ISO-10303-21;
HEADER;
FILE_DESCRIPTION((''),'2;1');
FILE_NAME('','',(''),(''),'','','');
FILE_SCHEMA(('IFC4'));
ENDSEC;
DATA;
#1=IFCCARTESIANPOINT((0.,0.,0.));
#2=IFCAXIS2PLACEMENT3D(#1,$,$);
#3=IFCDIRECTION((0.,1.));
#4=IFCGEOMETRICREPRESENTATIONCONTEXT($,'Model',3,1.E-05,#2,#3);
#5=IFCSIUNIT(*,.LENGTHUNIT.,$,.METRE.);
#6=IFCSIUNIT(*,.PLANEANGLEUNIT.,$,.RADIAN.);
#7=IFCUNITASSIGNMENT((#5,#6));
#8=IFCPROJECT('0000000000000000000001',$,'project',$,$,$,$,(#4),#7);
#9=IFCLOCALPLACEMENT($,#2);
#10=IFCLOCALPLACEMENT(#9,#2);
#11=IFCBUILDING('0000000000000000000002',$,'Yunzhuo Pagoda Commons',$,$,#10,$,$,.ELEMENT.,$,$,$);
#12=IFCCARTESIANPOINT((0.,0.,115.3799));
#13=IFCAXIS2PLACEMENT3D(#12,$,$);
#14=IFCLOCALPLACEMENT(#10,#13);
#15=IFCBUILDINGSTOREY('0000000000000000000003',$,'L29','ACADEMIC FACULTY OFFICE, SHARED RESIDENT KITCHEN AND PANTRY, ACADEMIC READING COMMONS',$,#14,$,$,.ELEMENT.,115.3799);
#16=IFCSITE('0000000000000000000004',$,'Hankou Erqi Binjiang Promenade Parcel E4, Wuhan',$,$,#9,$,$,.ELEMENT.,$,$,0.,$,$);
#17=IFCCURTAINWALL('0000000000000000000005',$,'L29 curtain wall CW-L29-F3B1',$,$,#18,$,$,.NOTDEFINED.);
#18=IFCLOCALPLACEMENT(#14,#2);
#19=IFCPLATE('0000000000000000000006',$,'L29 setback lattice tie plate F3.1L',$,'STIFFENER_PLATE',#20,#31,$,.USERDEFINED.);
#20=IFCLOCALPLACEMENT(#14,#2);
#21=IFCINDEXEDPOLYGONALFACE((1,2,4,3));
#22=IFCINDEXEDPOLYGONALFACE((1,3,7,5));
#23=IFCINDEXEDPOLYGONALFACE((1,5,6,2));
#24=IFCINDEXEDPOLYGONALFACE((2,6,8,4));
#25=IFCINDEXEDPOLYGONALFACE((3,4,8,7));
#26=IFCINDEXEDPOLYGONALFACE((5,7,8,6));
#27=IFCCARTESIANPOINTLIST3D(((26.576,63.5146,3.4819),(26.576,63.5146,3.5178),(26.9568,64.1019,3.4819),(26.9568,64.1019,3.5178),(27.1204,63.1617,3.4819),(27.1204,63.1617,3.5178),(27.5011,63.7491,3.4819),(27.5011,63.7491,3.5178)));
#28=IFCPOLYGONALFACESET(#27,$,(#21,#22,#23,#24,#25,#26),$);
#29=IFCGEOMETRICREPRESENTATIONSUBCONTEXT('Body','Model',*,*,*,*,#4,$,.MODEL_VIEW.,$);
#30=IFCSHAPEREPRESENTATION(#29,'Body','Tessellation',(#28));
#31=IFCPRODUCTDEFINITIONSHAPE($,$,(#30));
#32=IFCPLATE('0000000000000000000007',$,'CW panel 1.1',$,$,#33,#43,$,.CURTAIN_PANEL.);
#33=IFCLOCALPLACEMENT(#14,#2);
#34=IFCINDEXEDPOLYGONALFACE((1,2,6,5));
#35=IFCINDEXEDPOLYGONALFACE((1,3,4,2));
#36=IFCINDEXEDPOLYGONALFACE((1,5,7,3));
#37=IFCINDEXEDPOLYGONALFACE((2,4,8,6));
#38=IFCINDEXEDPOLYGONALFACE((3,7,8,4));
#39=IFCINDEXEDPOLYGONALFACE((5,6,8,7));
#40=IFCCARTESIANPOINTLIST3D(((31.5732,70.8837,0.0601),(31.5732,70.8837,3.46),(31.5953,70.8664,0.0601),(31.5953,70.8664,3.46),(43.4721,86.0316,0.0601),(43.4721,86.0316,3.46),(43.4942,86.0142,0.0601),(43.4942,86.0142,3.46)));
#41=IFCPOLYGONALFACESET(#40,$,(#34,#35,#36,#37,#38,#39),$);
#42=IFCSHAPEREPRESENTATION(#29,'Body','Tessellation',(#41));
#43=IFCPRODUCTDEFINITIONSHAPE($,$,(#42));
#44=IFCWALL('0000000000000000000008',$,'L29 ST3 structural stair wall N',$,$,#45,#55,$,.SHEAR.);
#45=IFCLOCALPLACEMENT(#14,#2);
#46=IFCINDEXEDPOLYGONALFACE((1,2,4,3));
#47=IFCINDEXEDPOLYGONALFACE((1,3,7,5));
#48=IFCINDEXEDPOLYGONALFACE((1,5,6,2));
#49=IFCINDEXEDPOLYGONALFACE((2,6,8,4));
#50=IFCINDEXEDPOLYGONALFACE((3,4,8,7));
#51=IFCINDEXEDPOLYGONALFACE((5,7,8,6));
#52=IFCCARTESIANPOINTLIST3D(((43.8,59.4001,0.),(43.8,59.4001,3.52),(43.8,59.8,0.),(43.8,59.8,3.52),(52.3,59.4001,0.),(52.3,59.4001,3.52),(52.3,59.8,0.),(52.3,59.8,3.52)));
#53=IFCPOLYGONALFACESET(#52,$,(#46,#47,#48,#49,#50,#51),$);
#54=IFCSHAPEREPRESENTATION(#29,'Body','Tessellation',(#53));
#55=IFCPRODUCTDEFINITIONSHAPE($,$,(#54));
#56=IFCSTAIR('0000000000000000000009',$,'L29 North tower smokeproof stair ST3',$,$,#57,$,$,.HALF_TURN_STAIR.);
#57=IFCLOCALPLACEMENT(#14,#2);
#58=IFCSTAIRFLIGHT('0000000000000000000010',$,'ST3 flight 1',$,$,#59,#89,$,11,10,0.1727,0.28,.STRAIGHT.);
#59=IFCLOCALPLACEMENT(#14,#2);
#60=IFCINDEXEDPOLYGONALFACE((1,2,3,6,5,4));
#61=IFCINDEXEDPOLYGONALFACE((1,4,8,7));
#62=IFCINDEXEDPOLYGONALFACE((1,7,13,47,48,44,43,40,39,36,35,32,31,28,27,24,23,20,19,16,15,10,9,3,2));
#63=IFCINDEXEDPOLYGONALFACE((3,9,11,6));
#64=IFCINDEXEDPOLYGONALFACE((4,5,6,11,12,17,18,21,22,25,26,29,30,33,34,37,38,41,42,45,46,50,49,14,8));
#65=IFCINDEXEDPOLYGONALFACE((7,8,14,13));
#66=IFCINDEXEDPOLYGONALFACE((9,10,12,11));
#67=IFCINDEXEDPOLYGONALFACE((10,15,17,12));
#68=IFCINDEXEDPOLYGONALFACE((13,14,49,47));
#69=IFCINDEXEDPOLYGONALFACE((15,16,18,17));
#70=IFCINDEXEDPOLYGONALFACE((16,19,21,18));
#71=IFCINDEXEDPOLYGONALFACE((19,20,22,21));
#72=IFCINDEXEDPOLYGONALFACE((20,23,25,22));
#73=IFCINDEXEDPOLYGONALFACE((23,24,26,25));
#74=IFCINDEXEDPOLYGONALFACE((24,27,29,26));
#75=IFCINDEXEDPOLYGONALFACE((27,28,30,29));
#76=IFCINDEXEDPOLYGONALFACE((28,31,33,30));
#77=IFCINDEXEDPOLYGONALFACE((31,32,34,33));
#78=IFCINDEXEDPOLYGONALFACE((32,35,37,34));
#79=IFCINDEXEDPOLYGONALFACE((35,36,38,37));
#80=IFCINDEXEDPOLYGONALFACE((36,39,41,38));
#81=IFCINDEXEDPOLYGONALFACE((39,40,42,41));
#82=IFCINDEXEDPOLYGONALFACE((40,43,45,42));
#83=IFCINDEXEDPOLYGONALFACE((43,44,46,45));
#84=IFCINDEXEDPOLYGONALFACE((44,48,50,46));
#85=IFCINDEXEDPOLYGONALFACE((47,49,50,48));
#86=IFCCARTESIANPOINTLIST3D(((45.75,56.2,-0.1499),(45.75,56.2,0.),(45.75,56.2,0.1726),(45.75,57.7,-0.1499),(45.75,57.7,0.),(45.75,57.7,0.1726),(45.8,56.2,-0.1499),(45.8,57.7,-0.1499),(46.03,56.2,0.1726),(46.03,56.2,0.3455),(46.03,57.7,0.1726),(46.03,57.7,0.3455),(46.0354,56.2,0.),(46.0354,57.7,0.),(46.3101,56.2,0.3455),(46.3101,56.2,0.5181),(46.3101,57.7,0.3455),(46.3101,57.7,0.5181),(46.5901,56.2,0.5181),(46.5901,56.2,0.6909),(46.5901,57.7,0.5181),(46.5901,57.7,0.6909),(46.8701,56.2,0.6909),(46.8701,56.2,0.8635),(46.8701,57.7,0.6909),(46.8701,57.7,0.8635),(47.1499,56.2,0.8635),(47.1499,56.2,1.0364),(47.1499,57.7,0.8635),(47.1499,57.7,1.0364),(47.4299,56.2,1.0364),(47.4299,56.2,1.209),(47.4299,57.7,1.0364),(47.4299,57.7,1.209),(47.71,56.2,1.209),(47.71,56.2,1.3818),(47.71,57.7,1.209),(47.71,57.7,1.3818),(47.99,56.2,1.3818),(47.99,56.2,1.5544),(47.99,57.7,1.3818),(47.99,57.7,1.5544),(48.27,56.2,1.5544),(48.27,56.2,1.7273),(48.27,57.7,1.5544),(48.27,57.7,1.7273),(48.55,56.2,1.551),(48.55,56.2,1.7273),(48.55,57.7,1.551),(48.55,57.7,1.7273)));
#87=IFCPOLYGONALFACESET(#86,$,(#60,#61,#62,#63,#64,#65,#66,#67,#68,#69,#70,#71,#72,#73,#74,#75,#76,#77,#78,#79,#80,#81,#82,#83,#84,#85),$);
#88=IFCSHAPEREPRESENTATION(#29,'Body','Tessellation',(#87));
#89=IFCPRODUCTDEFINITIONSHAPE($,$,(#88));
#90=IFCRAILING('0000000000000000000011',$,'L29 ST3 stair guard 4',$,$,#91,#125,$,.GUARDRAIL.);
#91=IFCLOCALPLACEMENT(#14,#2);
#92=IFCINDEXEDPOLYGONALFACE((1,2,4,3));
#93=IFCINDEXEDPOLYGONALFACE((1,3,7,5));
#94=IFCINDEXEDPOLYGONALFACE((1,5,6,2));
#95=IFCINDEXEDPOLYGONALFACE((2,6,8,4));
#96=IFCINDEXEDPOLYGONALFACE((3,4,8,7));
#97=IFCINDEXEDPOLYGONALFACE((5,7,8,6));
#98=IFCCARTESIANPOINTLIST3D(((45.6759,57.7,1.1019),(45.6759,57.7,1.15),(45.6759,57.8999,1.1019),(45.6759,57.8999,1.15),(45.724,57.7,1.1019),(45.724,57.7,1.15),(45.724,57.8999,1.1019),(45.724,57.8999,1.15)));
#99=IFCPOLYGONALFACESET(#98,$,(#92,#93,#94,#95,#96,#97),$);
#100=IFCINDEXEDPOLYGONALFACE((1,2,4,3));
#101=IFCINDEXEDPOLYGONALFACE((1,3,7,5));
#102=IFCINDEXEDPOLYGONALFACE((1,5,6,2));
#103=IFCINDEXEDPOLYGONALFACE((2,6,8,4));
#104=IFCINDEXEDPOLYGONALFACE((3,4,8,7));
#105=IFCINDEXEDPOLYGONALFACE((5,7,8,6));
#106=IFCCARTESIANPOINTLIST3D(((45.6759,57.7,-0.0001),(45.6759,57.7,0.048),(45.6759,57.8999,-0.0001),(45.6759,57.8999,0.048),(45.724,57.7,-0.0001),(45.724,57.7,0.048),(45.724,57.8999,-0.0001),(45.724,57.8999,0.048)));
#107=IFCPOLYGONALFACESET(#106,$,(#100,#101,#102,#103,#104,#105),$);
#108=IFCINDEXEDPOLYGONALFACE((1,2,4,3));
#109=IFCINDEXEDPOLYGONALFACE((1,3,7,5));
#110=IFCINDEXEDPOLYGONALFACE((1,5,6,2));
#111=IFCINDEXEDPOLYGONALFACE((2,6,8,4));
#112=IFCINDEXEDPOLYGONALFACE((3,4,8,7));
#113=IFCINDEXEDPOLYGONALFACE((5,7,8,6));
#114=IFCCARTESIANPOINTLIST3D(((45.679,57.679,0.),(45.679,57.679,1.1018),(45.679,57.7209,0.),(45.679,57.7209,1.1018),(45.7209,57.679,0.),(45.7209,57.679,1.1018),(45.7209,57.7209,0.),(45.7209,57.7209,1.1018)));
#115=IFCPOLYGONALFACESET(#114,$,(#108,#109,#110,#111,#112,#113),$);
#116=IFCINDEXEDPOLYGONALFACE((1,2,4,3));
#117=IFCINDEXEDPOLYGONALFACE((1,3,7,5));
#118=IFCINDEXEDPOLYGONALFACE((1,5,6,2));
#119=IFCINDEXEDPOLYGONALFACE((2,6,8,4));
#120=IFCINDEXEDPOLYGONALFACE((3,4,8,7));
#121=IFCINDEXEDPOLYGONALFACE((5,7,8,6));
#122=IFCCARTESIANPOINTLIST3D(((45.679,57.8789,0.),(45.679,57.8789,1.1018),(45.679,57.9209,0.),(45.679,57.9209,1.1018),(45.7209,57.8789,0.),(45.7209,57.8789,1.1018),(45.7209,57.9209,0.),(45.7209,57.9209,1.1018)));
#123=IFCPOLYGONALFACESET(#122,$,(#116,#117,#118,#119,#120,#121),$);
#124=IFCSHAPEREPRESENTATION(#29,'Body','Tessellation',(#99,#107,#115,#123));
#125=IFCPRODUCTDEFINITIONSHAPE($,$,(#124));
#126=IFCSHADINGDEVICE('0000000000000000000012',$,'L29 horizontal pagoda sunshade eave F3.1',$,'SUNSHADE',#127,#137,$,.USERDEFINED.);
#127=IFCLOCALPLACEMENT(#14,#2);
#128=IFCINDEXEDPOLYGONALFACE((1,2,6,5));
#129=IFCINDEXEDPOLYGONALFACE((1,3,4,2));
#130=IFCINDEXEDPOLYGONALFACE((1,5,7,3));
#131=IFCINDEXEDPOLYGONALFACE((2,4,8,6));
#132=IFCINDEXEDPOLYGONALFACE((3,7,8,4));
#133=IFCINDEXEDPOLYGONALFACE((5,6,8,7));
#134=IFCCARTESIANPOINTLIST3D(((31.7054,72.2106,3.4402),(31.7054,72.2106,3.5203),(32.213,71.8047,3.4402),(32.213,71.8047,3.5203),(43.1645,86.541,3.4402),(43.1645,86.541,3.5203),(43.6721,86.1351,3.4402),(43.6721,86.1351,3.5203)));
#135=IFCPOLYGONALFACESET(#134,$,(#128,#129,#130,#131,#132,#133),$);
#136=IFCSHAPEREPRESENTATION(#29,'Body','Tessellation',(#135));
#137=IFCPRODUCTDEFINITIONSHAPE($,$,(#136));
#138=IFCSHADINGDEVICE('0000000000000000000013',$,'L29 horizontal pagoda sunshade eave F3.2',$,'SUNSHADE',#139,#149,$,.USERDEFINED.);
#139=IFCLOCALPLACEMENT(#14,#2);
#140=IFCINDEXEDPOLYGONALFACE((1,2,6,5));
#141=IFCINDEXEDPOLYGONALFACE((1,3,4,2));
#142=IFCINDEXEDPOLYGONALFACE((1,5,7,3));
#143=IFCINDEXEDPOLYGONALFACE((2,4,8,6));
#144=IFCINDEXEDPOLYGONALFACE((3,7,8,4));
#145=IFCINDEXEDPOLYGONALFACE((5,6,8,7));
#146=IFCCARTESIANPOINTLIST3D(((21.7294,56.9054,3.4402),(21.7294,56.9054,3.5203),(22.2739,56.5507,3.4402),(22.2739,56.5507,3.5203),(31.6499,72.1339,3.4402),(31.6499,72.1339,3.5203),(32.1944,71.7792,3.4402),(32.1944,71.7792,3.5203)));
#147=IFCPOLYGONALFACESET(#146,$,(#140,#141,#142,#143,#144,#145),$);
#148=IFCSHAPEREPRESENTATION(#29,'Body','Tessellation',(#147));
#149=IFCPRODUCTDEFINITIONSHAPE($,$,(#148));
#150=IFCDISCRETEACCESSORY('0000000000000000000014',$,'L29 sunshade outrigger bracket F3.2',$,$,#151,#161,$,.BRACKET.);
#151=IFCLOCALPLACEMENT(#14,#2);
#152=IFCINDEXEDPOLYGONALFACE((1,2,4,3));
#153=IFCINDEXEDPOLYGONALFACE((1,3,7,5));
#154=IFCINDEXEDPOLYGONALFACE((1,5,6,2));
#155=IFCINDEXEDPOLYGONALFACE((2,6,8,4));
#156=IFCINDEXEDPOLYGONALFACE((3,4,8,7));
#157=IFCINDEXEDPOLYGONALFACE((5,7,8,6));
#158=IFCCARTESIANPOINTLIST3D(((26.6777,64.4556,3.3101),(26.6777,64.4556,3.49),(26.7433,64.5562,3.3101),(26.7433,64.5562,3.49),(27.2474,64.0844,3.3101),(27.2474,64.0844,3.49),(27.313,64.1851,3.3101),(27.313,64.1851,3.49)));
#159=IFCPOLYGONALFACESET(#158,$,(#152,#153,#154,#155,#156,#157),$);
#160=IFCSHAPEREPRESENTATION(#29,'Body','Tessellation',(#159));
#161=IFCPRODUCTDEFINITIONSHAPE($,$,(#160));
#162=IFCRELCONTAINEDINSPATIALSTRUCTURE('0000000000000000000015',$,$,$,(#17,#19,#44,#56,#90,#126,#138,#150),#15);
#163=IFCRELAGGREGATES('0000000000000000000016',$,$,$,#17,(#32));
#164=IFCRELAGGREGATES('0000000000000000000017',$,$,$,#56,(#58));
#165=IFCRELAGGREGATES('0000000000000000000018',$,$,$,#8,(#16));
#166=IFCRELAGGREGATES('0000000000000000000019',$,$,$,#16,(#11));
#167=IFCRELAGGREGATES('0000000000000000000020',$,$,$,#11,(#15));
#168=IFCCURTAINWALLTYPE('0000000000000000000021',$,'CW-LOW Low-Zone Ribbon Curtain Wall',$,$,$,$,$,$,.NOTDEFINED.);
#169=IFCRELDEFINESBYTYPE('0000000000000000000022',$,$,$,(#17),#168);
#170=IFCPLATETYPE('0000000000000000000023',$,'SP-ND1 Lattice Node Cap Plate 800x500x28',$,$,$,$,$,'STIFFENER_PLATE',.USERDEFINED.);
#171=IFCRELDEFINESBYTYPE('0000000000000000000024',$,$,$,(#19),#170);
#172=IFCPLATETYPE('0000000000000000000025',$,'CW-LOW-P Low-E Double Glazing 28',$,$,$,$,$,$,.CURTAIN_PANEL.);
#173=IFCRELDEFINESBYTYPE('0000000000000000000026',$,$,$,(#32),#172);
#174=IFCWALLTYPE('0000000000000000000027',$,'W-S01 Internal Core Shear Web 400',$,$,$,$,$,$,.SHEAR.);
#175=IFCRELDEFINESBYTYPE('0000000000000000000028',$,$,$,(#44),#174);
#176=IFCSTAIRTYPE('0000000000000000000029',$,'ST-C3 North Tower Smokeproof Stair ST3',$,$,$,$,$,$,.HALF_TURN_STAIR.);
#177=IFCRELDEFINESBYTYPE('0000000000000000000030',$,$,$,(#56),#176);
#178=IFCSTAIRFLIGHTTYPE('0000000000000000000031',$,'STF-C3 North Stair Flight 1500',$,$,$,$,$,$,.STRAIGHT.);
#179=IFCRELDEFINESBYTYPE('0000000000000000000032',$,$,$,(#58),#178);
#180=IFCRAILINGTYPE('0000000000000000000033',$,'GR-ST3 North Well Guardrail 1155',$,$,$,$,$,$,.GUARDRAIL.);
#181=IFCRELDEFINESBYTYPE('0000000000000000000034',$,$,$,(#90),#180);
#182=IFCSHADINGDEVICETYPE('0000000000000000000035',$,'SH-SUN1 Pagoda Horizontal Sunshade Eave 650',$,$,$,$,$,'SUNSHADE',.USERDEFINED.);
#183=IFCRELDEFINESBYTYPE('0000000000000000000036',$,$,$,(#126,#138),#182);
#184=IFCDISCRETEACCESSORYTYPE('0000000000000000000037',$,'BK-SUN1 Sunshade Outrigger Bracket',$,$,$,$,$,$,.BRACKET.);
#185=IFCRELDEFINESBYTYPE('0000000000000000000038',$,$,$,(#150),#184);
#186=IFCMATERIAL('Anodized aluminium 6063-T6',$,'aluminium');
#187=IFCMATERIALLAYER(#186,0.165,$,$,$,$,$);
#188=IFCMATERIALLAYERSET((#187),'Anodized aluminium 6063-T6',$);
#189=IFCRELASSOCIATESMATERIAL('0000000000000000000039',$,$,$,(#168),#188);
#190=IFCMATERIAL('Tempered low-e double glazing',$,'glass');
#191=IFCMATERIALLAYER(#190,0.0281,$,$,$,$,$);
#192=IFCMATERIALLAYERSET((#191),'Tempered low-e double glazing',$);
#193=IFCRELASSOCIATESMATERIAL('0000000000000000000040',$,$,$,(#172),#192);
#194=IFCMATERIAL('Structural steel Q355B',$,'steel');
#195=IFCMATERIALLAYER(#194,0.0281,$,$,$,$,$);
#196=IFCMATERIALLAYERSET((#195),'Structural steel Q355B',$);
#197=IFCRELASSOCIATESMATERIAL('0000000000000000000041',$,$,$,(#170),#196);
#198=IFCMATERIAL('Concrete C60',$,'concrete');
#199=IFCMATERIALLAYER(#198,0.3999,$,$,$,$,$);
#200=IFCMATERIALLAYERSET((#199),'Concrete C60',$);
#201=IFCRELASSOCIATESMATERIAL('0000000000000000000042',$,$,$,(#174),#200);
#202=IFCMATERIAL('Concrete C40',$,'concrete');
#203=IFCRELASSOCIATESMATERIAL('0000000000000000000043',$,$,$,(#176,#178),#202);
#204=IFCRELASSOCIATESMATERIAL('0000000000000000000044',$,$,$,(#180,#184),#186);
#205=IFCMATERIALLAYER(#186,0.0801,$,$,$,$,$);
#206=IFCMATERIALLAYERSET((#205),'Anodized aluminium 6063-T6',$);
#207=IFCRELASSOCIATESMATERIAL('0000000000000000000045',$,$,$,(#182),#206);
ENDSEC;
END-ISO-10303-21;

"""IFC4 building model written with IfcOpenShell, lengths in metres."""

from ifc_helpers import new_model, si_unit, direction, frame, frame_2d, origin, origin_2d, place, context, subcontext, project, spatial, polyline, rectangle, outline, extrude, source, transform, mapped, material, layer, layer_set, type_object, element, aggregate, save


model = new_model("IFC4")

# Units and contexts
model_context = context("Model", 3, precision=1e-05, world=origin(), true_north=direction((0.0, 1.0)))
body_context = subcontext(model_context, "Body", "Model", "MODEL_VIEW")
ifc_project = project(units=[si_unit("LENGTHUNIT", "METRE"), si_unit("PLANEANGLEUNIT", "RADIAN")], contexts=[model_context])

# Site, building, storey
site_placement = place(None, origin())
site = spatial("IfcSite", under=ifc_project, at=site_placement, Name="Hankou Erqi Binjiang Promenade Parcel E4, Wuhan", CompositionType="ELEMENT", RefElevation=0.0)
building_placement = place(site_placement, origin())
building = spatial("IfcBuilding", under=site, at=building_placement, Name="Yunzhuo Pagoda Commons", CompositionType="ELEMENT")
storey_placement = place(building_placement, frame((0.0, 0.0, 115.3799)))
storey = spatial("IfcBuildingStorey", under=building, at=storey_placement, Name="L29", Description="ACADEMIC FACULTY OFFICE, SHARED RESIDENT KITCHEN AND PANTRY, ACADEMIC READING COMMONS", CompositionType="ELEMENT", Elevation=115.3799)

# Shared definitions
ifc_material_1 = material(Name="Structural steel Q355B", Category="steel")

# Curtain wall
ifc_material_2 = material(Name="Anodized aluminium 6063-T6", Category="aluminium")
ifc_layer_1 = layer(ifc_material_2, 0.165)
ifc_layer_set_1 = layer_set([ifc_layer_1], Name="Anodized aluminium 6063-T6")
curtain_wall_type = type_object("IfcCurtainWallType", Name="CW-LOW Low-Zone Ribbon Curtain Wall", PredefinedType="NOTDEFINED", material=ifc_layer_set_1)
curtain_wall_1_placement = place(storey_placement, origin())
curtain_wall_1 = element("IfcCurtainWall", 1, at=curtain_wall_1_placement, inside=storey, type_object=curtain_wall_type, Name="L29 curtain wall CW-L29-F3B1", PredefinedType="NOTDEFINED")

# Plates
ifc_material_3 = material(Name="Tempered low-e double glazing", Category="glass")
ifc_layer_2 = layer(ifc_material_3, 0.0281)
ifc_layer_set_2 = layer_set([ifc_layer_2], Name="Tempered low-e double glazing")
plate_type_1 = type_object("IfcPlateType", Name="CW-LOW-P Low-E Double Glazing 28", PredefinedType="CURTAIN_PANEL", material=ifc_layer_set_2)
ifc_layer_3 = layer(ifc_material_1, 0.0281)
ifc_layer_set_3 = layer_set([ifc_layer_3], Name="Structural steel Q355B")
plate_type_2 = type_object("IfcPlateType", Name="SP-ND1 Lattice Node Cap Plate 800x500x28", ElementType="STIFFENER_PLATE", PredefinedType="USERDEFINED", material=ifc_layer_set_3)
shared_shape_1 = source(origin(), body_context, "Body", "SweptSolid", [
    extrude(rectangle(XDim=0.7, YDim=0.6487, at=origin_2d()), origin(), (0.0, 0.0, 1.0), 0.0359),
])
plate_1_placement = place(storey_placement, frame((27.0386, 63.6318, 3.4819), z_axis=(0.0, 0.0, 1.0), x_axis=(-0.543966, -0.839108, 0.0)))
element("IfcPlate", 2, at=plate_1_placement, inside=storey, type_object=plate_type_2, Name="L29 setback lattice tie plate F3.1L", ObjectType="STIFFENER_PLATE", PredefinedType="USERDEFINED", context=body_context, shape_type="MappedRepresentation", body=[
    mapped(shared_shape_1, transform((0.0, 0.0, 0.0), scale=1.0)),
])
shared_shape_2 = source(origin(), body_context, "Body", "SweptSolid", [
    extrude(rectangle(XDim=19.2625, YDim=0.0281, at=origin_2d()), origin(), (0.0, 0.0, 1.0), 3.3999),
])
plate_2_placement = place(storey_placement, frame((37.5337, 78.449, 0.0601), z_axis=(0.0, 0.0, 1.0), x_axis=(-0.617728, -0.786392, 0.0)))
plate_2 = element("IfcPlate", 3, at=plate_2_placement, type_object=plate_type_1, Name="CW panel 1.1", PredefinedType="CURTAIN_PANEL", context=body_context, shape_type="MappedRepresentation", body=[
    mapped(shared_shape_2, transform((0.0, 0.0, 0.0), scale=1.0)),
])
aggregate(curtain_wall_1, [plate_2])

# Wall
ifc_material_4 = material(Name="Concrete C60", Category="concrete")
ifc_layer_4 = layer(ifc_material_4, 0.3999)
ifc_layer_set_4 = layer_set([ifc_layer_4], Name="Concrete C60")
wall_type = type_object("IfcWallType", Name="W-S01 Internal Core Shear Web 400", PredefinedType="SHEAR", material=ifc_layer_set_4)
wall_placement = place(storey_placement, frame((43.8, 59.6001, 0.0), z_axis=(0.0, 0.0, 1.0), x_axis=(1.0, 0.0, 0.0)))
element("IfcWall", 4, at=wall_placement, inside=storey, type_object=wall_type, Name="L29 ST3 structural stair wall N", PredefinedType="SHEAR", context=body_context, shape_type="SweptSolid", body=[
    extrude(rectangle(XDim=8.5, YDim=0.3999, at=frame_2d((4.25, 0.0))), origin(), (0.0, 0.0, 1.0), 3.52),
])

# Stair, stair flight
ifc_material_5 = material(Name="Concrete C40", Category="concrete")
stair_type = type_object("IfcStairType", Name="ST-C3 North Tower Smokeproof Stair ST3", PredefinedType="HALF_TURN_STAIR", material=ifc_material_5)
stair_placement = place(storey_placement, origin())
stair = element("IfcStair", 5, at=stair_placement, inside=storey, type_object=stair_type, Name="L29 North tower smokeproof stair ST3", PredefinedType="HALF_TURN_STAIR")
stair_flight_type = type_object("IfcStairFlightType", Name="STF-C3 North Stair Flight 1500", PredefinedType="STRAIGHT", material=ifc_material_5)
shared_shape_3 = source(origin(), body_context, "Body", "SweptSolid", [
    extrude(outline(polyline([(0.0, -0.1499), (0.0, 0.0), (0.0, 0.1726), (0.28, 0.1726), (0.28, 0.3455), (0.5601, 0.3455), (0.5601, 0.5181), (0.8401, 0.5181), (0.8401, 0.6909), (1.1201, 0.6909), (1.1201, 0.8635), (1.3999, 0.8635), (1.3999, 1.0364), (1.6799, 1.0364), (1.6799, 1.209), (1.96, 1.209), (1.96, 1.3818), (2.24, 1.3818), (2.24, 1.5544), (2.52, 1.5544), (2.52, 1.7273), (2.8, 1.7273), (2.8, 1.8999), (2.8, 1.551), (0.2854, 0.0), (0.05, -0.1499), (0.0, -0.1499)])), frame((0.0, 0.75, 0.0), z_axis=(0.0, -1.0, 0.0), x_axis=(1.0, 0.0, 0.0)), (0.0, 0.0, 1.0), 1.5),
])
stair_flight_placement = place(storey_placement, frame((45.75, 56.95, 0.0), z_axis=(0.0, 0.0, 1.0), x_axis=(1.0, 0.0, 0.0)))
stair_flight = element("IfcStairFlight", 6, at=stair_flight_placement, type_object=stair_flight_type, Name="ST3 flight 1", NumberOfRisers=11, NumberOfTreads=10, PredefinedType="STRAIGHT", RiserHeight=0.1727, TreadLength=0.28, context=body_context, shape_type="MappedRepresentation", body=[
    mapped(shared_shape_3, transform((0.0, 0.0, 0.0), scale=1.0)),
])
aggregate(stair, [stair_flight])

# Railing
railing_type = type_object("IfcRailingType", Name="GR-ST3 North Well Guardrail 1155", PredefinedType="GUARDRAIL", material=ifc_material_2)
railing_placement = place(storey_placement, frame((45.7, 57.7, 0.0)))
element("IfcRailing", 7, at=railing_placement, inside=storey, type_object=railing_type, Name="L29 ST3 stair guard 4", PredefinedType="GUARDRAIL", context=body_context, shape_type="SweptSolid", body=[
    extrude(rectangle(XDim=0.0481, YDim=0.0481, at=origin_2d()), frame((0.0, 0.0, 1.126), z_axis=(0.0, 1.0, 0.0), x_axis=(-1.0, 0.0, 0.0)), (0.0, 0.0, 1.0), 0.2),
    extrude(rectangle(XDim=0.0481, YDim=0.0481, at=origin_2d()), frame((0.0, 0.0, 0.0239), z_axis=(0.0, 1.0, 0.0), x_axis=(-1.0, 0.0, 0.0)), (0.0, 0.0, 1.0), 0.2),
    extrude(rectangle(XDim=0.042, YDim=0.042, at=origin_2d()), origin(), (0.0, 0.0, 1.0), 1.1018),
    extrude(rectangle(XDim=0.042, YDim=0.042, at=origin_2d()), frame((0.0, 0.2, 0.0)), (0.0, 0.0, 1.0), 1.1018),
])

# Shading devices
ifc_layer_5 = layer(ifc_material_2, 0.0801)
ifc_layer_set_5 = layer_set([ifc_layer_5], Name="Anodized aluminium 6063-T6")
shading_device_type = type_object("IfcShadingDeviceType", Name="SH-SUN1 Pagoda Horizontal Sunshade Eave 650", ElementType="SUNSHADE", PredefinedType="USERDEFINED", material=ifc_layer_set_5)
shared_shape_4 = source(origin(), body_context, "Body", "SweptSolid", [
    extrude(rectangle(XDim=18.3486, YDim=0.6499, at=origin_2d()), origin(), (0.0, 0.0, 1.0), 0.0801),
])
shading_device_1_placement = place(storey_placement, frame((37.6887, 79.1729, 3.4402), z_axis=(0.0, 0.0, 1.0), x_axis=(-0.62452, -0.781008, 0.0)))
element("IfcShadingDevice", 8, at=shading_device_1_placement, inside=storey, type_object=shading_device_type, Name="L29 horizontal pagoda sunshade eave F3.1", ObjectType="SUNSHADE", PredefinedType="USERDEFINED", context=body_context, shape_type="MappedRepresentation", body=[
    mapped(shared_shape_4, transform((0.0, 0.0, 0.0), scale=1.0)),
])
shared_shape_5 = source(origin(), body_context, "Body", "SweptSolid", [
    extrude(rectangle(XDim=18.1748, YDim=0.6499, at=origin_2d()), origin(), (0.0, 0.0, 1.0), 0.0801),
])
shading_device_2_placement = place(storey_placement, frame((26.9619, 64.3423, 3.4402), z_axis=(0.0, 0.0, 1.0), x_axis=(-0.545839, -0.83789, 0.0)))
element("IfcShadingDevice", 9, at=shading_device_2_placement, inside=storey, type_object=shading_device_type, Name="L29 horizontal pagoda sunshade eave F3.2", ObjectType="SUNSHADE", PredefinedType="USERDEFINED", context=body_context, shape_type="MappedRepresentation", body=[
    mapped(shared_shape_5, transform((0.0, 0.0, 0.0), scale=1.0)),
])

# Discrete accessory
discrete_accessory_type = type_object("IfcDiscreteAccessoryType", Name="BK-SUN1 Sunshade Outrigger Bracket", PredefinedType="BRACKET", material=ifc_material_2)
shared_shape_6 = source(origin(), body_context, "Body", "SweptSolid", [
    extrude(rectangle(XDim=0.1201, YDim=0.6799, at=origin_2d()), origin(), (0.0, 0.0, 1.0), 0.1799),
])
discrete_accessory_placement = place(storey_placement, frame((26.9954, 64.3203, 3.3101), z_axis=(0.0, 0.0, 1.0), x_axis=(-0.545839, -0.83789, 0.0)))
element("IfcDiscreteAccessory", 10, at=discrete_accessory_placement, inside=storey, type_object=discrete_accessory_type, Name="L29 sunshade outrigger bracket F3.2", PredefinedType="BRACKET", context=body_context, shape_type="MappedRepresentation", body=[
    mapped(shared_shape_6, transform((0.0, 0.0, 0.0), scale=1.0)),
])

save(model, "model.ifc")
